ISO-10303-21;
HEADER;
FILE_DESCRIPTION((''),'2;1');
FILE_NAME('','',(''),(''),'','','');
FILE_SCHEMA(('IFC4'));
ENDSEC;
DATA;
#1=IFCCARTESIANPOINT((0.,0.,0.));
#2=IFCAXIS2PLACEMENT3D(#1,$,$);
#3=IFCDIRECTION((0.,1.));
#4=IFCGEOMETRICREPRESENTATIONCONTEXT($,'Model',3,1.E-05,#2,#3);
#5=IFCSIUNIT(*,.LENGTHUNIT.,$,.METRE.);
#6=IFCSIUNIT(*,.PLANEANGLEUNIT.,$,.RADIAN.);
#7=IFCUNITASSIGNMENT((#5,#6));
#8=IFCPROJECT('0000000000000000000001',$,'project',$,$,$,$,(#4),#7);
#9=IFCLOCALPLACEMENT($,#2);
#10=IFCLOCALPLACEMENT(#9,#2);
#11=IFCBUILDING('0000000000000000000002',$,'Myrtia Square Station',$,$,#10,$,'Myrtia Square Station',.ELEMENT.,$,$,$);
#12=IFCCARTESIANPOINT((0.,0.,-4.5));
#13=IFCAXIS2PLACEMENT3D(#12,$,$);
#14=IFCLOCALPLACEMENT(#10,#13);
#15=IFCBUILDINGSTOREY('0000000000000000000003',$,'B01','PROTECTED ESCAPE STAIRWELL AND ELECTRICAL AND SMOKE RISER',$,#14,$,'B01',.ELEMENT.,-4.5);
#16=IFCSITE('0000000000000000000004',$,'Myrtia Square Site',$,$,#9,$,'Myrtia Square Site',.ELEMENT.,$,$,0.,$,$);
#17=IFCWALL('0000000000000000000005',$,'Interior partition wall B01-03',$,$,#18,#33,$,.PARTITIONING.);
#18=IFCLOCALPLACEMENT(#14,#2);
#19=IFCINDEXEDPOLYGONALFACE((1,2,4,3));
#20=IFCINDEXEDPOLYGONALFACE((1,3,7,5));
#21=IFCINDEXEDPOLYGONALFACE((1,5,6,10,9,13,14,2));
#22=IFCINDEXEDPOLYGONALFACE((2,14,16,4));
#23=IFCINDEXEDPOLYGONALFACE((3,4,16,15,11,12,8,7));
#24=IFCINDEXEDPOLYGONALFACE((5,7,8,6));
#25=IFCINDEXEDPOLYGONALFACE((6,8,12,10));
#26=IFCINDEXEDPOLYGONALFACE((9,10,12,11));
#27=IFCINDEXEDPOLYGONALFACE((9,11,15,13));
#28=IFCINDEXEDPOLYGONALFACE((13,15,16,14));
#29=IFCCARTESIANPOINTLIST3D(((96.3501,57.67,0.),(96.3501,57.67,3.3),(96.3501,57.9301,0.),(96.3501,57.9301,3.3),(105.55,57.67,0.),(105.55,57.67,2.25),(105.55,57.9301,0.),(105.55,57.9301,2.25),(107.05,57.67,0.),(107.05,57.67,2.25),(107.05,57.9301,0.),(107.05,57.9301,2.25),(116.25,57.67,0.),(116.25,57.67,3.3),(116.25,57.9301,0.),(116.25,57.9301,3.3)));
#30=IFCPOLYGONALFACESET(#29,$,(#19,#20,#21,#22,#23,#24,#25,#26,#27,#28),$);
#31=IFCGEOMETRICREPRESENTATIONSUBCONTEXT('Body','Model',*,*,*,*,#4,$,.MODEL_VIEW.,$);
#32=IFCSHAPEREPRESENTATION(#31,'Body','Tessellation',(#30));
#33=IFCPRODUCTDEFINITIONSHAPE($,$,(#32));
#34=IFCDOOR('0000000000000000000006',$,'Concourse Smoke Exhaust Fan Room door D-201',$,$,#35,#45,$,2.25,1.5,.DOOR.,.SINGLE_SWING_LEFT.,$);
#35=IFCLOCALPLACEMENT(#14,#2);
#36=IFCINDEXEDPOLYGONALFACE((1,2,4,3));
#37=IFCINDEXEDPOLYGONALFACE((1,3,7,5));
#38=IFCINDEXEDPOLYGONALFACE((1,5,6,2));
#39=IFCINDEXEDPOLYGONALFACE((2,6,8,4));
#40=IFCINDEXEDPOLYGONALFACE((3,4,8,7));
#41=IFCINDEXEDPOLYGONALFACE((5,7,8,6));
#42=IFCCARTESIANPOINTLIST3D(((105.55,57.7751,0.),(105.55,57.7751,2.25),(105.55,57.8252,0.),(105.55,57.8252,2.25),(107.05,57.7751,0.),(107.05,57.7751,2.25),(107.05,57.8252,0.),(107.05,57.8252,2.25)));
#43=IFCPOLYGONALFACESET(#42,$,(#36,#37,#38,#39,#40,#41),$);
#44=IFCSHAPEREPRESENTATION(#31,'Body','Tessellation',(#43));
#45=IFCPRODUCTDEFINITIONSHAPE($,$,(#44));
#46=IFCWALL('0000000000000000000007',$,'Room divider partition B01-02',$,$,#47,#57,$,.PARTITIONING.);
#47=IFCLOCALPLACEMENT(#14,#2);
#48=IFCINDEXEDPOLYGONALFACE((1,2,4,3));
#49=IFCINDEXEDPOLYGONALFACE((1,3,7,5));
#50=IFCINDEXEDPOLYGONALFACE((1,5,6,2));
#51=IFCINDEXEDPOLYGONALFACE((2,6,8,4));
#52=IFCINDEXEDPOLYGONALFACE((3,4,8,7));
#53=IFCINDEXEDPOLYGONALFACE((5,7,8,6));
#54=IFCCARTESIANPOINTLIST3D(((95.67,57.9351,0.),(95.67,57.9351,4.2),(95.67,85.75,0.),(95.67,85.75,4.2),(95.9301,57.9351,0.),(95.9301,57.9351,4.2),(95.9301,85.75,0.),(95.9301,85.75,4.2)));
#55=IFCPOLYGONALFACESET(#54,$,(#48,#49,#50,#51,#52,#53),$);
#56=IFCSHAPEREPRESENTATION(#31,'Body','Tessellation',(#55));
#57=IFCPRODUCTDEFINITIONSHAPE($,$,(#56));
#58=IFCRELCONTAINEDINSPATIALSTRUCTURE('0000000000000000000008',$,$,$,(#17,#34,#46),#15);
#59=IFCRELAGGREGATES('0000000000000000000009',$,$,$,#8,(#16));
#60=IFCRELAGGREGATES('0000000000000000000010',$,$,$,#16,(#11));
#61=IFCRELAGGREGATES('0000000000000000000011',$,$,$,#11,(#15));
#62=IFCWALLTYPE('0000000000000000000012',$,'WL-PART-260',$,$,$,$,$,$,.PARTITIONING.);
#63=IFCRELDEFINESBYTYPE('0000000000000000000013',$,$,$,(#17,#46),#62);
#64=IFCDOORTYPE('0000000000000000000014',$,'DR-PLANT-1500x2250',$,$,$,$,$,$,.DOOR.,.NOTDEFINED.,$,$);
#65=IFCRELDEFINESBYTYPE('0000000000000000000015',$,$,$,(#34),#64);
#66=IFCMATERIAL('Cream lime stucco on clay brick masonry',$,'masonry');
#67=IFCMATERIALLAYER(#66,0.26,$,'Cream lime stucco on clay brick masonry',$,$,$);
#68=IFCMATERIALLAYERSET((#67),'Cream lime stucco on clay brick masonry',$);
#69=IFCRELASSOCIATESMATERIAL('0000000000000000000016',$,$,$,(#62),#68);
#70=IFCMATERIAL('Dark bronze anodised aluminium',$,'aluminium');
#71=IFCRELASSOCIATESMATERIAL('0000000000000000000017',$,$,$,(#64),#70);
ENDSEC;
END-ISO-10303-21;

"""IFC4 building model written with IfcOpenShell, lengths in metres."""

from ifc_helpers import new_model, si_unit, direction, frame, frame_2d, origin, place, context, subcontext, project, spatial, rectangle, extrude, material, layer, layer_set, type_object, element, fill, save


model = new_model("IFC4")

# Units and contexts
model_context = context("Model", 3, precision=1e-05, world=origin(), true_north=direction((0.0, 1.0)))
body_context = subcontext(model_context, "Body", "Model", "MODEL_VIEW")
ifc_project = project(units=[si_unit("LENGTHUNIT", "METRE"), si_unit("PLANEANGLEUNIT", "RADIAN")], contexts=[model_context])

# Site, building, storey
site_placement = place(None, origin())
site = spatial("IfcSite", under=ifc_project, at=site_placement, Name="Myrtia Square Site", LongName="Myrtia Square Site", CompositionType="ELEMENT", RefElevation=0.0)
building_placement = place(site_placement, origin())
building = spatial("IfcBuilding", under=site, at=building_placement, Name="Myrtia Square Station", LongName="Myrtia Square Station", CompositionType="ELEMENT")
storey_placement = place(building_placement, frame((0.0, 0.0, -4.5)))
storey = spatial("IfcBuildingStorey", under=building, at=storey_placement, Name="B01", Description="PROTECTED ESCAPE STAIRWELL AND ELECTRICAL AND SMOKE RISER", LongName="B01", CompositionType="ELEMENT", Elevation=-4.5)

# Wall, opening, door
ifc_material_1 = material(Name="Cream lime stucco on clay brick masonry", Category="masonry")
ifc_layer = layer(ifc_material_1, 0.26, Name="Cream lime stucco on clay brick masonry")
ifc_layer_set = layer_set([ifc_layer], Name="Cream lime stucco on clay brick masonry")
wall_type = type_object("IfcWallType", Name="WL-PART-260", PredefinedType="PARTITIONING", material=ifc_layer_set)
wall_1_placement = place(storey_placement, frame((96.3501, 57.8, 0.0), z_axis=(0.0, 0.0, 1.0), x_axis=(1.0, 0.0, 0.0)))
wall_1 = element("IfcWall", 1, at=wall_1_placement, inside=storey, type_object=wall_type, Name="Interior partition wall B01-03", PredefinedType="PARTITIONING", context=body_context, shape_type="SweptSolid", body=[
    extrude(rectangle(XDim=19.8999, YDim=0.26, at=frame_2d((9.95, 0.0))), origin(), (0.0, 0.0, 1.0), 3.3),
])
opening_placement = place(wall_1_placement, frame((9.2, 0.0, 0.0)))
opening = element("IfcOpeningElement", 2, at=opening_placement, cuts=wall_1, PredefinedType="OPENING", context=body_context, shape_type="SweptSolid", body=[
    extrude(rectangle(XDim=1.5, YDim=2.25, at=frame_2d((0.75, 1.125))), frame((0.0, 0.145, 0.0), z_axis=(0.0, -1.0, 0.0), x_axis=(1.0, 0.0, 0.0)), (0.0, 0.0, 1.0), 0.29),
])
ifc_material_2 = material(Name="Dark bronze anodised aluminium", Category="aluminium")
door_type = type_object("IfcDoorType", Name="DR-PLANT-1500x2250", OperationType="NOTDEFINED", PredefinedType="DOOR", material=ifc_material_2)
door_placement = place(opening_placement, frame((1.5, 0.0, 0.0), z_axis=(0.0, 0.0, 1.0), x_axis=(-1.0, 0.0, 0.0)))
door = element("IfcDoor", 3, at=door_placement, inside=storey, type_object=door_type, Name="Concourse Smoke Exhaust Fan Room door D-201", OperationType="SINGLE_SWING_LEFT", OverallHeight=2.25, OverallWidth=1.5, PredefinedType="DOOR", context=body_context, shape_type="SweptSolid", body=[
    extrude(rectangle(XDim=1.5, YDim=2.25, at=frame_2d((0.75, 1.125))), frame((0.0, 0.0249, 0.0), z_axis=(0.0, -1.0, 0.0), x_axis=(1.0, 0.0, 0.0)), (0.0, 0.0, 1.0), 0.05),
])
fill(opening, door)

# Wall
wall_2_placement = place(storey_placement, frame((95.8, 57.9351, 0.0), z_axis=(0.0, 0.0, 1.0), x_axis=(0.0, 1.0, 0.0)))
element("IfcWall", 4, at=wall_2_placement, inside=storey, type_object=wall_type, Name="Room divider partition B01-02", PredefinedType="PARTITIONING", context=body_context, shape_type="SweptSolid", body=[
    extrude(rectangle(XDim=27.8149, YDim=0.26, at=frame_2d((13.9075, 0.0))), origin(), (0.0, 0.0, 1.0), 4.2),
])

save(model, "model.ifc")
